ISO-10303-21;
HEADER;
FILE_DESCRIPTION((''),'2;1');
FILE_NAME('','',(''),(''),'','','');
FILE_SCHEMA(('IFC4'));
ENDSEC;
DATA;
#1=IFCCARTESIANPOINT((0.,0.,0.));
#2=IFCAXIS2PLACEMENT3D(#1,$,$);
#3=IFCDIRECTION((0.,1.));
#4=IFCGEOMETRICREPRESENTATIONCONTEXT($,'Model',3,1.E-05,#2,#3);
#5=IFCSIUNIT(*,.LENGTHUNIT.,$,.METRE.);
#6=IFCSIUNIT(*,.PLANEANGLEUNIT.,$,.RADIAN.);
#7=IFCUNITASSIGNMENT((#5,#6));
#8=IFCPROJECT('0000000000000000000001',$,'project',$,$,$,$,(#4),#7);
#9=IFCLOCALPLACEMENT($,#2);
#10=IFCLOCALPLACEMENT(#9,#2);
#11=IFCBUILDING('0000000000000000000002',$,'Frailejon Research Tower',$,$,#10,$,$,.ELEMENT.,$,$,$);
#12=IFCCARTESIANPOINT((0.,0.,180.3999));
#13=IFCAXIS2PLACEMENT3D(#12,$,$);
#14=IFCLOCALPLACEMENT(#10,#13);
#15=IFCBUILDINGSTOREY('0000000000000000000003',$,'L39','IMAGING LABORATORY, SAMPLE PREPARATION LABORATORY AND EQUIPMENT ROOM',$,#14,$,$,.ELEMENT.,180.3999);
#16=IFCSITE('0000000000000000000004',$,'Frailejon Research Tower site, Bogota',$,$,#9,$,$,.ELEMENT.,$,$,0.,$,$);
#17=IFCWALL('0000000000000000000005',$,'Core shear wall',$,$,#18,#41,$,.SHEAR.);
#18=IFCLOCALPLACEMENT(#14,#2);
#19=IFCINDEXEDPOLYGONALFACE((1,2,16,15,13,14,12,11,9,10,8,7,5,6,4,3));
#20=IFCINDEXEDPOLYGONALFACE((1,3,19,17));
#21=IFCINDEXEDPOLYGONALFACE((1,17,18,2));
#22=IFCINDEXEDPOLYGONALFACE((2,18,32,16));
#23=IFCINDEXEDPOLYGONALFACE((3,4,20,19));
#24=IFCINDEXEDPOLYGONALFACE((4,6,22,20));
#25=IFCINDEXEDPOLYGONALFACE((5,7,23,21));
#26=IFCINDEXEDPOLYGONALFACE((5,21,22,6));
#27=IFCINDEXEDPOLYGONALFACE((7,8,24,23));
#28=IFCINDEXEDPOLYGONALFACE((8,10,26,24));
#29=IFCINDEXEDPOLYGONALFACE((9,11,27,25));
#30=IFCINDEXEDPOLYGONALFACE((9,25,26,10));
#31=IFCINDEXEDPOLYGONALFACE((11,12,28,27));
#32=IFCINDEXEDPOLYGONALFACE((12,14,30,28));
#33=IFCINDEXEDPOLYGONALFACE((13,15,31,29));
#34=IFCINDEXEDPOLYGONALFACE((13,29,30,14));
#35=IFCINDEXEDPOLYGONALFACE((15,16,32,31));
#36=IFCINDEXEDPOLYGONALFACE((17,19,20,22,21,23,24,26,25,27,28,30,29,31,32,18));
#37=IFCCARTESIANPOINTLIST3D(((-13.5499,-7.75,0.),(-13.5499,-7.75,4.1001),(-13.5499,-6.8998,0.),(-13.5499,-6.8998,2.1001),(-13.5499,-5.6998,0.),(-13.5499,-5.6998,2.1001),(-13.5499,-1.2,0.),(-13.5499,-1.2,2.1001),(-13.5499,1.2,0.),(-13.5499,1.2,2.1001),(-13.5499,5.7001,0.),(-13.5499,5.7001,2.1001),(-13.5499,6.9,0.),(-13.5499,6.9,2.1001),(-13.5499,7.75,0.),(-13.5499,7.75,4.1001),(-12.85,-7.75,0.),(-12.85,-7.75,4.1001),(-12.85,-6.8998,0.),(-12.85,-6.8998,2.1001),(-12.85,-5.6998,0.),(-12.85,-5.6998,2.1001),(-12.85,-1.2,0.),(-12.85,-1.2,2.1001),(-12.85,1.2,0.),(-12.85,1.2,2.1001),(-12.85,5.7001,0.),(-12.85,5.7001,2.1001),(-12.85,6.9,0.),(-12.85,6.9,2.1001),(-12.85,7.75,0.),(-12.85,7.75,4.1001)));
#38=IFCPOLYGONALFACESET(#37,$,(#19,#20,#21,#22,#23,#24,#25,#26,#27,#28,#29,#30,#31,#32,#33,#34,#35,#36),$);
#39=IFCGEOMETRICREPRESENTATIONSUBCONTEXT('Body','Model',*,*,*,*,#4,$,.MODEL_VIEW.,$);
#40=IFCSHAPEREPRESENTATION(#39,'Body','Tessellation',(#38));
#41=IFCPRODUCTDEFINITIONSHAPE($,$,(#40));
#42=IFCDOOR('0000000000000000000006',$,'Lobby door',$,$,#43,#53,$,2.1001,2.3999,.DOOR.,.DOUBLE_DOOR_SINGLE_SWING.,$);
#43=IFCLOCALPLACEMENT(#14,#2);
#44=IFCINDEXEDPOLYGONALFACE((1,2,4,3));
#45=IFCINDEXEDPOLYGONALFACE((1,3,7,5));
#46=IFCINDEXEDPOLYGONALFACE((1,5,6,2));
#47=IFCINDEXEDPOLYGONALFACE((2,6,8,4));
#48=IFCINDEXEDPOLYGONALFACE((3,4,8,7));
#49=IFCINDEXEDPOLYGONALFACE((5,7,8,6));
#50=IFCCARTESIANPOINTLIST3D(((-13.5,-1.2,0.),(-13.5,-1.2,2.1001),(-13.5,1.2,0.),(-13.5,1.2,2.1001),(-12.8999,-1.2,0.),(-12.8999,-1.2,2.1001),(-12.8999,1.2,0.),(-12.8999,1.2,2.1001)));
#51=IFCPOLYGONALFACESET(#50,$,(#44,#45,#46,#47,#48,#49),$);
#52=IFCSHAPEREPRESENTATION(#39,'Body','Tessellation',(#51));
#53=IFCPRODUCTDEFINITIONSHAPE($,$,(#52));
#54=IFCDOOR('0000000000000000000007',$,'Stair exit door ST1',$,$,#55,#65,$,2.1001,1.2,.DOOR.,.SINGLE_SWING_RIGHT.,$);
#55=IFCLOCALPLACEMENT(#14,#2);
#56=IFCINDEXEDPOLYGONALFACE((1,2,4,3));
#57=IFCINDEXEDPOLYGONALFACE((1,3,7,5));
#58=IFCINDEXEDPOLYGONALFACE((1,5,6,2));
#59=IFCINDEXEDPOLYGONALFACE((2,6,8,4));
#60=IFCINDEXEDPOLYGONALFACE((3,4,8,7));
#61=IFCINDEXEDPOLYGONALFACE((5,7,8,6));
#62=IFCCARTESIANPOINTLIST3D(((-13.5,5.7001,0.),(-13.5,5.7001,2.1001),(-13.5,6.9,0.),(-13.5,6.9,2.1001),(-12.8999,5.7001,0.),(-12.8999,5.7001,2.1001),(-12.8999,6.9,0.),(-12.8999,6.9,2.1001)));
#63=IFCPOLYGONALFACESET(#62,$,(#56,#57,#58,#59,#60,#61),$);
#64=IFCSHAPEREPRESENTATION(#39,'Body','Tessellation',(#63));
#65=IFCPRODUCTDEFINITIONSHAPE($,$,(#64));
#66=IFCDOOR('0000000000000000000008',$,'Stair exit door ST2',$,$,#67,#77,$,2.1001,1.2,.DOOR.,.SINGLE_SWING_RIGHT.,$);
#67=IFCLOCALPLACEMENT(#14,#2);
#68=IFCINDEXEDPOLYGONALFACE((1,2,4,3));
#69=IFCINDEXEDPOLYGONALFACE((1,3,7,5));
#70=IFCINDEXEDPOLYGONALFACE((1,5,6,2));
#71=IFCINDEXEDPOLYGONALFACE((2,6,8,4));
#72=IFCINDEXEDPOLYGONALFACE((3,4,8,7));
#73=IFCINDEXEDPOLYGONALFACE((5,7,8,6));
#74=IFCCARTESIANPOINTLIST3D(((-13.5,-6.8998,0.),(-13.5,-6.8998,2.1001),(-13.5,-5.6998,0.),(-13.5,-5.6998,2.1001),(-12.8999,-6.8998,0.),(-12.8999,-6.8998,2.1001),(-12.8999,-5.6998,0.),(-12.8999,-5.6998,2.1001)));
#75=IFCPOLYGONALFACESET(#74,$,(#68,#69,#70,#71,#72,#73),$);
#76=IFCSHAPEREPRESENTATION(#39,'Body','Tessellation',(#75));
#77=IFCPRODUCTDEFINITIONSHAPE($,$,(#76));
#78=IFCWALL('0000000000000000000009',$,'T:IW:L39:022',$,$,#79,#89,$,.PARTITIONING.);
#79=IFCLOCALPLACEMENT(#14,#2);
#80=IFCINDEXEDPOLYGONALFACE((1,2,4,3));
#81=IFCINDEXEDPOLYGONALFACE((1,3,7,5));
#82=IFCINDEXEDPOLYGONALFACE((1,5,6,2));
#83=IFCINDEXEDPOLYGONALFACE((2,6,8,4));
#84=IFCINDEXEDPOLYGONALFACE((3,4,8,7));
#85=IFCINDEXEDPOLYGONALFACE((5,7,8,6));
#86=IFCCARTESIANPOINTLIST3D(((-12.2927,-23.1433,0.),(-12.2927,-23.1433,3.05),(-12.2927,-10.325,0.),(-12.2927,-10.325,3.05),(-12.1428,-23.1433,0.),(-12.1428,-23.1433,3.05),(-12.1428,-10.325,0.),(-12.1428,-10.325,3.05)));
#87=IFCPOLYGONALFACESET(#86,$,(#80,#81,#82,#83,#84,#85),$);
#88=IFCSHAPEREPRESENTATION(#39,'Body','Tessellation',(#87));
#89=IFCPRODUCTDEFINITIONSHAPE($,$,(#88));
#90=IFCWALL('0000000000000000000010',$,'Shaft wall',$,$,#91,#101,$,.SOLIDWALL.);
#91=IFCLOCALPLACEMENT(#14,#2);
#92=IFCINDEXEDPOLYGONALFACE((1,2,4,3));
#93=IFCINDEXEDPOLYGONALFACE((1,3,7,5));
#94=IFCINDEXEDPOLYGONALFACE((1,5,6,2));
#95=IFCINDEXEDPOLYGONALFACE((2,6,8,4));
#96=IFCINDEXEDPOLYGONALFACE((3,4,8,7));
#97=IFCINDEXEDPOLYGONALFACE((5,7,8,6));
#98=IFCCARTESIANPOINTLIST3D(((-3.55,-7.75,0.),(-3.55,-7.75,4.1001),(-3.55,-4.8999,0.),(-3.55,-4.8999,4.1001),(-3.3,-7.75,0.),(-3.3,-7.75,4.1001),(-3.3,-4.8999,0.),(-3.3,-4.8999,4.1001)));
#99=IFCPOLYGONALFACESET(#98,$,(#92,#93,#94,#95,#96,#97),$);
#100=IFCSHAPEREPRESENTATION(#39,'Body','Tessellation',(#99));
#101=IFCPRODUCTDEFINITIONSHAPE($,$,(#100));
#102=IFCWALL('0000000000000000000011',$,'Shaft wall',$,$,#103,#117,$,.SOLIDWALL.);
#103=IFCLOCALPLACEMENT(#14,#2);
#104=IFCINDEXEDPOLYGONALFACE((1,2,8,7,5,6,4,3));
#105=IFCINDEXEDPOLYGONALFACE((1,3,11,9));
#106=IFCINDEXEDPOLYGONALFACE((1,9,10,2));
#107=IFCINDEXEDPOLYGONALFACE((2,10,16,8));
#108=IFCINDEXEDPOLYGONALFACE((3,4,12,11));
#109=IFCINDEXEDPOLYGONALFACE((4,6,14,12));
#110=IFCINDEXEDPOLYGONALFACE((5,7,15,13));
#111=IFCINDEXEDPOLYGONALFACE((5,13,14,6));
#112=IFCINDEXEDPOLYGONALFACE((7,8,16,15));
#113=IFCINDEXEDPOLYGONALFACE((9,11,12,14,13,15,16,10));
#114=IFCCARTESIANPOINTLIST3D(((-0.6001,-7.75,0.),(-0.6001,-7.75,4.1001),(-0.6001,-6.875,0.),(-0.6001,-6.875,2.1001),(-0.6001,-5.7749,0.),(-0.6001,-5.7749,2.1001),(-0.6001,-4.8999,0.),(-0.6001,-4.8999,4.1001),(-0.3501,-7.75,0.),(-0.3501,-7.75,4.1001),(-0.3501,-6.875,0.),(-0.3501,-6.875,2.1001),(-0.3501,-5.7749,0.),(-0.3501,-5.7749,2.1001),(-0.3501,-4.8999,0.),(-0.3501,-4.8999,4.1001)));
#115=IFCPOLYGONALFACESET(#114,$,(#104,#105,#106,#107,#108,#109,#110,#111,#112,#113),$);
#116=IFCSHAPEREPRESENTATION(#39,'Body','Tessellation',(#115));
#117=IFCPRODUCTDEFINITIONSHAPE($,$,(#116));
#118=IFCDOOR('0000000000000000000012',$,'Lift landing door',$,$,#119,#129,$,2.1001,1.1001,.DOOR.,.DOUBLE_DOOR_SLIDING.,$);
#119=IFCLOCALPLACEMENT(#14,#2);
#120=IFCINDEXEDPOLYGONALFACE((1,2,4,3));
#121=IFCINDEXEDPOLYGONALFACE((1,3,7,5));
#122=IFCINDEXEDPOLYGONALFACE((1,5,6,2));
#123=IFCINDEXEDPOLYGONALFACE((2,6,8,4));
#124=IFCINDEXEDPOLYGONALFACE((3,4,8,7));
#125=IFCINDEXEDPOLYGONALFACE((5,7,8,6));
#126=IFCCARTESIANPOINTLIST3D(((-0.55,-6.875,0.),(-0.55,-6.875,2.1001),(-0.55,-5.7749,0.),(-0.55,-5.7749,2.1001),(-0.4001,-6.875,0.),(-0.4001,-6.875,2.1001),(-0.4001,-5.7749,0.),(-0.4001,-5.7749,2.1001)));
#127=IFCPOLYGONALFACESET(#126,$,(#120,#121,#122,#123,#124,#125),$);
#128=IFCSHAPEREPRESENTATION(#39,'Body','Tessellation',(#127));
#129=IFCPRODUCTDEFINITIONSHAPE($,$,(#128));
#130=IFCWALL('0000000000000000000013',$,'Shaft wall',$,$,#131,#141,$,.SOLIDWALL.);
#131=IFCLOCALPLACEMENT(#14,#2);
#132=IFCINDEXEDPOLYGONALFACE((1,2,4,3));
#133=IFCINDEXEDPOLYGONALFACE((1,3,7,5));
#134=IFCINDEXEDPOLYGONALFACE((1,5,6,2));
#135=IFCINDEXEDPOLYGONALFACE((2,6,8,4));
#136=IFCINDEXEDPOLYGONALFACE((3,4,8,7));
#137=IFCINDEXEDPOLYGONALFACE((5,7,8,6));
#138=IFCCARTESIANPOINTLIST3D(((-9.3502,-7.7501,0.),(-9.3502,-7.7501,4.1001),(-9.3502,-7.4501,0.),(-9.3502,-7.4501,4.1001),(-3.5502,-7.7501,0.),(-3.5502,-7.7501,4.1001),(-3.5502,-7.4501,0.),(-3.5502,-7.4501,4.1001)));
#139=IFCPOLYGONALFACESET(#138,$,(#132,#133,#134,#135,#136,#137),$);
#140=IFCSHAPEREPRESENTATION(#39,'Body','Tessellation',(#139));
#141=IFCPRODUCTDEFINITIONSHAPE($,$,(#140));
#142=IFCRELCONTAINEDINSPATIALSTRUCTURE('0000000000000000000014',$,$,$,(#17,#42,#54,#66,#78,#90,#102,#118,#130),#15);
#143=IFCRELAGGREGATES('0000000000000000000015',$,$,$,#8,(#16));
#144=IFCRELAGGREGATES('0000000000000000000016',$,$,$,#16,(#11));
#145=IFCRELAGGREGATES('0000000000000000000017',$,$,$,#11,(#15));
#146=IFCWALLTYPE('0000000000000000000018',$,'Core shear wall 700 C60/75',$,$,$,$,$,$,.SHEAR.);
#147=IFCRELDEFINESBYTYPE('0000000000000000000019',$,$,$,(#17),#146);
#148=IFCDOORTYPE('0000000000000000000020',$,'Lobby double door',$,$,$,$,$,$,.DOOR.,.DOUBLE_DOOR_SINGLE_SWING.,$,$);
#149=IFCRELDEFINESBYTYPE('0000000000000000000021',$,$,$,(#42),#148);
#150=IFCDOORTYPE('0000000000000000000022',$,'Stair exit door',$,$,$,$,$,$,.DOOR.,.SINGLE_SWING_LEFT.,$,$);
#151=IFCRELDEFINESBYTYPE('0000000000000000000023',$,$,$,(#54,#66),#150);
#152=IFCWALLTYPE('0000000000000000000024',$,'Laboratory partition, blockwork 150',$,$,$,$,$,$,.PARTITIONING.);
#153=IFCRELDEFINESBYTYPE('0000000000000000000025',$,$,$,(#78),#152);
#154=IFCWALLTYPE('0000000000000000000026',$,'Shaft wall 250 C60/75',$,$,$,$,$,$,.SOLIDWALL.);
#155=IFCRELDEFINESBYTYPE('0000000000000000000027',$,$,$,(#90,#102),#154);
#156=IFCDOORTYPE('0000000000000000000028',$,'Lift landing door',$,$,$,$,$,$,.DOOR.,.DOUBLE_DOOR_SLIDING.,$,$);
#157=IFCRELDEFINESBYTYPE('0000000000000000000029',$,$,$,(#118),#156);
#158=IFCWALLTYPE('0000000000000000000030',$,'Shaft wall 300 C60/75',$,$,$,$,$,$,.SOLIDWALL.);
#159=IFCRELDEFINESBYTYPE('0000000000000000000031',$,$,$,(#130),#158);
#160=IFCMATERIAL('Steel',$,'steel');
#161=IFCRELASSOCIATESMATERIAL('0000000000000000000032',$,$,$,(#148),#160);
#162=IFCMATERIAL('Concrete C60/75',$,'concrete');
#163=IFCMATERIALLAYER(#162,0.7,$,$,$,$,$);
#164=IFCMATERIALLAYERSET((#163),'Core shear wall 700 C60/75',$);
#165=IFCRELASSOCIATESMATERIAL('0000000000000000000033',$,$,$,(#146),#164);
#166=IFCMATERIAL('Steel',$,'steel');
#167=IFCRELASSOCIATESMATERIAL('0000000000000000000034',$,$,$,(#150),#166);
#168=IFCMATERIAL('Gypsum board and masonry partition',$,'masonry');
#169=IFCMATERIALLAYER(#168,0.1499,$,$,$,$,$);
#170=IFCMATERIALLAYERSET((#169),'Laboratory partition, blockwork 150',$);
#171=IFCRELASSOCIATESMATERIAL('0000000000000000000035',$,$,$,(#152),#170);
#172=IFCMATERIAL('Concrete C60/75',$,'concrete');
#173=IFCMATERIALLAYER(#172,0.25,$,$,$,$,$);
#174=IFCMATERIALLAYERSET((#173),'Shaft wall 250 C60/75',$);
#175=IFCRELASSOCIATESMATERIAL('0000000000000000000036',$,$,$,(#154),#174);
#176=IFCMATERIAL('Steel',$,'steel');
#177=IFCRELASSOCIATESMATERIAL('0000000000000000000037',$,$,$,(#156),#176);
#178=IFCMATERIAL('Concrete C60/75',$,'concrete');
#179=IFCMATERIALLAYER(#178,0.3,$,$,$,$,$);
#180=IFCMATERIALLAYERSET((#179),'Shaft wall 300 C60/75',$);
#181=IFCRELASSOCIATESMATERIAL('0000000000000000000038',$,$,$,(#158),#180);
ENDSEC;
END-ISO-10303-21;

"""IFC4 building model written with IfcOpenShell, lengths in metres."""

from ifc_helpers import new_model, si_unit, direction, frame, frame_2d, origin, place, context, subcontext, project, spatial, rectangle, extrude, material, layer, layer_set, type_object, element, fill, save


model = new_model("IFC4")

# Units and contexts
model_context = context("Model", 3, precision=1e-05, world=origin(), true_north=direction((0.0, 1.0)))
body_context = subcontext(model_context, "Body", "Model", "MODEL_VIEW")
ifc_project = project(units=[si_unit("LENGTHUNIT", "METRE"), si_unit("PLANEANGLEUNIT", "RADIAN")], contexts=[model_context])

# Site, building, storey
site_placement = place(None, origin())
site = spatial("IfcSite", under=ifc_project, at=site_placement, Name="Frailejon Research Tower site, Bogota", CompositionType="ELEMENT", RefElevation=0.0)
building_placement = place(site_placement, origin())
building = spatial("IfcBuilding", under=site, at=building_placement, Name="Frailejon Research Tower", CompositionType="ELEMENT")
storey_placement = place(building_placement, frame((0.0, 0.0, 180.3999)))
storey = spatial("IfcBuildingStorey", under=building, at=storey_placement, Name="L39", Description="IMAGING LABORATORY, SAMPLE PREPARATION LABORATORY AND EQUIPMENT ROOM", CompositionType="ELEMENT", Elevation=180.3999)

# Shared definitions
ifc_material_1 = material(Name="Steel", Category="steel")
door_type_1 = type_object("IfcDoorType", Name="Lobby double door", OperationType="DOUBLE_DOOR_SINGLE_SWING", PredefinedType="DOOR", material=ifc_material_1)

# Shared definitions
ifc_material_2 = material(Name="Concrete C60/75", Category="concrete")
ifc_layer_1 = layer(ifc_material_2, 0.7)
ifc_layer_set_1 = layer_set([ifc_layer_1], Name="Core shear wall 700 C60/75")
wall_type_1 = type_object("IfcWallType", Name="Core shear wall 700 C60/75", PredefinedType="SHEAR", material=ifc_layer_set_1)

# Wall, openings, doors
wall_1_placement = place(storey_placement, frame((-13.2, -7.75, 0.0), z_axis=(0.0, 0.0, 1.0), x_axis=(0.0, 1.0, 0.0)))
wall_1 = element("IfcWall", 1, at=wall_1_placement, inside=storey, type_object=wall_type_1, Name="Core shear wall", PredefinedType="SHEAR", context=body_context, shape_type="SweptSolid", body=[
    extrude(rectangle(XDim=15.5, YDim=0.7, at=frame_2d((7.75, 0.0))), origin(), (0.0, 0.0, 1.0), 4.1001),
])
opening_1_placement = place(wall_1_placement, frame((6.55, 0.0, 0.0)))
opening_1 = element("IfcOpeningElement", 2, at=opening_1_placement, cuts=wall_1, PredefinedType="OPENING", context=body_context, shape_type="SweptSolid", body=[
    extrude(rectangle(XDim=2.3999, YDim=2.1001, at=frame_2d((1.2, 1.05))), frame((0.0, 0.3599, 0.0), z_axis=(0.0, -1.0, 0.0), x_axis=(1.0, 0.0, 0.0)), (0.0, 0.0, 1.0), 0.72),
])
opening_2_placement = place(wall_1_placement, frame((13.45, 0.0, 0.0)))
opening_2 = element("IfcOpeningElement", 3, at=opening_2_placement, cuts=wall_1, PredefinedType="OPENING", context=body_context, shape_type="SweptSolid", body=[
    extrude(rectangle(XDim=1.2, YDim=2.1001, at=frame_2d((0.6001, 1.05))), frame((0.0, 0.3599, 0.0), z_axis=(0.0, -1.0, 0.0), x_axis=(1.0, 0.0, 0.0)), (0.0, 0.0, 1.0), 0.72),
])
opening_3_placement = place(wall_1_placement, frame((0.8501, 0.0, 0.0)))
opening_3 = element("IfcOpeningElement", 4, at=opening_3_placement, cuts=wall_1, PredefinedType="OPENING", context=body_context, shape_type="SweptSolid", body=[
    extrude(rectangle(XDim=1.2, YDim=2.1001, at=frame_2d((0.6001, 1.05))), frame((0.0, 0.3599, 0.0), z_axis=(0.0, -1.0, 0.0), x_axis=(1.0, 0.0, 0.0)), (0.0, 0.0, 1.0), 0.72),
])
door_1_placement = place(opening_1_placement, origin())
door_1 = element("IfcDoor", 5, at=door_1_placement, inside=storey, type_object=door_type_1, Name="Lobby door", OperationType="DOUBLE_DOOR_SINGLE_SWING", OverallHeight=2.1001, OverallWidth=2.3999, PredefinedType="DOOR", context=body_context, shape_type="SweptSolid", body=[
    extrude(rectangle(XDim=2.3999, YDim=2.1001, at=frame_2d((1.2, 1.05))), frame((0.0, 0.3, 0.0), z_axis=(0.0, -1.0, 0.0), x_axis=(1.0, 0.0, 0.0)), (0.0, 0.0, 1.0), 0.6001),
])
fill(opening_1, door_1)
ifc_material_3 = material(Name="Steel", Category="steel")
door_type_2 = type_object("IfcDoorType", Name="Stair exit door", OperationType="SINGLE_SWING_LEFT", PredefinedType="DOOR", material=ifc_material_3)
door_2_placement = place(opening_2_placement, origin())
door_2 = element("IfcDoor", 6, at=door_2_placement, inside=storey, type_object=door_type_2, Name="Stair exit door ST1", OperationType="SINGLE_SWING_RIGHT", OverallHeight=2.1001, OverallWidth=1.2, PredefinedType="DOOR", context=body_context, shape_type="SweptSolid", body=[
    extrude(rectangle(XDim=1.2, YDim=2.1001, at=frame_2d((0.6001, 1.05))), frame((0.0, 0.3, 0.0), z_axis=(0.0, -1.0, 0.0), x_axis=(1.0, 0.0, 0.0)), (0.0, 0.0, 1.0), 0.6001),
])
fill(opening_2, door_2)
door_3_placement = place(opening_3_placement, origin())
door_3 = element("IfcDoor", 7, at=door_3_placement, inside=storey, type_object=door_type_2, Name="Stair exit door ST2", OperationType="SINGLE_SWING_RIGHT", OverallHeight=2.1001, OverallWidth=1.2, PredefinedType="DOOR", context=body_context, shape_type="SweptSolid", body=[
    extrude(rectangle(XDim=1.2, YDim=2.1001, at=frame_2d((0.6001, 1.05))), frame((0.0, 0.3, 0.0), z_axis=(0.0, -1.0, 0.0), x_axis=(1.0, 0.0, 0.0)), (0.0, 0.0, 1.0), 0.6001),
])
fill(opening_3, door_3)

# Walls
ifc_material_4 = material(Name="Gypsum board and masonry partition", Category="masonry")
ifc_layer_2 = layer(ifc_material_4, 0.1499)
ifc_layer_set_2 = layer_set([ifc_layer_2], Name="Laboratory partition, blockwork 150")
wall_type_2 = type_object("IfcWallType", Name="Laboratory partition, blockwork 150", PredefinedType="PARTITIONING", material=ifc_layer_set_2)
wall_2_placement = place(storey_placement, frame((-12.2178, -23.1433, 0.0), z_axis=(0.0, 0.0, 1.0), x_axis=(0.0, 1.0, 0.0)))
element("IfcWall", 8, at=wall_2_placement, inside=storey, type_object=wall_type_2, Name="T:IW:L39:022", PredefinedType="PARTITIONING", context=body_context, shape_type="SweptSolid", body=[
    extrude(rectangle(XDim=12.8184, YDim=0.1499, at=frame_2d((6.4092, 0.0))), origin(), (0.0, 0.0, 1.0), 3.05),
])
ifc_material_5 = material(Name="Concrete C60/75", Category="concrete")
ifc_layer_3 = layer(ifc_material_5, 0.25)
ifc_layer_set_3 = layer_set([ifc_layer_3], Name="Shaft wall 250 C60/75")
wall_type_3 = type_object("IfcWallType", Name="Shaft wall 250 C60/75", PredefinedType="SOLIDWALL", material=ifc_layer_set_3)
wall_3_placement = place(storey_placement, frame((-3.425, -7.75, 0.0), z_axis=(0.0, 0.0, 1.0), x_axis=(0.0, 1.0, 0.0)))
element("IfcWall", 9, at=wall_3_placement, inside=storey, type_object=wall_type_3, Name="Shaft wall", PredefinedType="SOLIDWALL", context=body_context, shape_type="SweptSolid", body=[
    extrude(rectangle(XDim=2.8501, YDim=0.25, at=frame_2d((1.425, 0.0))), origin(), (0.0, 0.0, 1.0), 4.1001),
])

# Wall, opening, door
wall_4_placement = place(storey_placement, frame((-0.4751, -7.75, 0.0), z_axis=(0.0, 0.0, 1.0), x_axis=(0.0, 1.0, 0.0)))
wall_4 = element("IfcWall", 10, at=wall_4_placement, inside=storey, type_object=wall_type_3, Name="Shaft wall", PredefinedType="SOLIDWALL", context=body_context, shape_type="SweptSolid", body=[
    extrude(rectangle(XDim=2.8501, YDim=0.25, at=frame_2d((1.425, 0.0))), origin(), (0.0, 0.0, 1.0), 4.1001),
])
opening_4_placement = place(wall_4_placement, frame((0.875, 0.0, 0.0)))
opening_4 = element("IfcOpeningElement", 11, at=opening_4_placement, cuts=wall_4, PredefinedType="OPENING", context=body_context, shape_type="SweptSolid", body=[
    extrude(rectangle(XDim=1.1001, YDim=2.1001, at=frame_2d((0.55, 1.05))), frame((0.0, 0.135, 0.0), z_axis=(0.0, -1.0, 0.0), x_axis=(1.0, 0.0, 0.0)), (0.0, 0.0, 1.0), 0.27),
])
ifc_material_6 = material(Name="Steel", Category="steel")
door_type_3 = type_object("IfcDoorType", Name="Lift landing door", OperationType="DOUBLE_DOOR_SLIDING", PredefinedType="DOOR", material=ifc_material_6)
door_4_placement = place(opening_4_placement, origin())
door_4 = element("IfcDoor", 12, at=door_4_placement, inside=storey, type_object=door_type_3, Name="Lift landing door", OperationType="DOUBLE_DOOR_SLIDING", OverallHeight=2.1001, OverallWidth=1.1001, PredefinedType="DOOR", context=body_context, shape_type="SweptSolid", body=[
    extrude(rectangle(XDim=1.1001, YDim=2.1001, at=frame_2d((0.55, 1.05))), frame((0.0, 0.075, 0.0), z_axis=(0.0, -1.0, 0.0), x_axis=(1.0, 0.0, 0.0)), (0.0, 0.0, 1.0), 0.1499),
])
fill(opening_4, door_4)

# Wall
ifc_material_7 = material(Name="Concrete C60/75", Category="concrete")
ifc_layer_4 = layer(ifc_material_7, 0.3)
ifc_layer_set_4 = layer_set([ifc_layer_4], Name="Shaft wall 300 C60/75")
wall_type_4 = type_object("IfcWallType", Name="Shaft wall 300 C60/75", PredefinedType="SOLIDWALL", material=ifc_layer_set_4)
wall_5_placement = place(storey_placement, frame((-9.3501, -7.6001, 0.0), z_axis=(0.0, 0.0, 1.0), x_axis=(1.0, 0.0, 0.0)))
element("IfcWall", 13, at=wall_5_placement, inside=storey, type_object=wall_type_4, Name="Shaft wall", PredefinedType="SOLIDWALL", context=body_context, shape_type="SweptSolid", body=[
    extrude(rectangle(XDim=5.8, YDim=0.3, at=frame_2d((2.8999, 0.0))), origin(), (0.0, 0.0, 1.0), 4.1001),
])

save(model, "model.ifc")
